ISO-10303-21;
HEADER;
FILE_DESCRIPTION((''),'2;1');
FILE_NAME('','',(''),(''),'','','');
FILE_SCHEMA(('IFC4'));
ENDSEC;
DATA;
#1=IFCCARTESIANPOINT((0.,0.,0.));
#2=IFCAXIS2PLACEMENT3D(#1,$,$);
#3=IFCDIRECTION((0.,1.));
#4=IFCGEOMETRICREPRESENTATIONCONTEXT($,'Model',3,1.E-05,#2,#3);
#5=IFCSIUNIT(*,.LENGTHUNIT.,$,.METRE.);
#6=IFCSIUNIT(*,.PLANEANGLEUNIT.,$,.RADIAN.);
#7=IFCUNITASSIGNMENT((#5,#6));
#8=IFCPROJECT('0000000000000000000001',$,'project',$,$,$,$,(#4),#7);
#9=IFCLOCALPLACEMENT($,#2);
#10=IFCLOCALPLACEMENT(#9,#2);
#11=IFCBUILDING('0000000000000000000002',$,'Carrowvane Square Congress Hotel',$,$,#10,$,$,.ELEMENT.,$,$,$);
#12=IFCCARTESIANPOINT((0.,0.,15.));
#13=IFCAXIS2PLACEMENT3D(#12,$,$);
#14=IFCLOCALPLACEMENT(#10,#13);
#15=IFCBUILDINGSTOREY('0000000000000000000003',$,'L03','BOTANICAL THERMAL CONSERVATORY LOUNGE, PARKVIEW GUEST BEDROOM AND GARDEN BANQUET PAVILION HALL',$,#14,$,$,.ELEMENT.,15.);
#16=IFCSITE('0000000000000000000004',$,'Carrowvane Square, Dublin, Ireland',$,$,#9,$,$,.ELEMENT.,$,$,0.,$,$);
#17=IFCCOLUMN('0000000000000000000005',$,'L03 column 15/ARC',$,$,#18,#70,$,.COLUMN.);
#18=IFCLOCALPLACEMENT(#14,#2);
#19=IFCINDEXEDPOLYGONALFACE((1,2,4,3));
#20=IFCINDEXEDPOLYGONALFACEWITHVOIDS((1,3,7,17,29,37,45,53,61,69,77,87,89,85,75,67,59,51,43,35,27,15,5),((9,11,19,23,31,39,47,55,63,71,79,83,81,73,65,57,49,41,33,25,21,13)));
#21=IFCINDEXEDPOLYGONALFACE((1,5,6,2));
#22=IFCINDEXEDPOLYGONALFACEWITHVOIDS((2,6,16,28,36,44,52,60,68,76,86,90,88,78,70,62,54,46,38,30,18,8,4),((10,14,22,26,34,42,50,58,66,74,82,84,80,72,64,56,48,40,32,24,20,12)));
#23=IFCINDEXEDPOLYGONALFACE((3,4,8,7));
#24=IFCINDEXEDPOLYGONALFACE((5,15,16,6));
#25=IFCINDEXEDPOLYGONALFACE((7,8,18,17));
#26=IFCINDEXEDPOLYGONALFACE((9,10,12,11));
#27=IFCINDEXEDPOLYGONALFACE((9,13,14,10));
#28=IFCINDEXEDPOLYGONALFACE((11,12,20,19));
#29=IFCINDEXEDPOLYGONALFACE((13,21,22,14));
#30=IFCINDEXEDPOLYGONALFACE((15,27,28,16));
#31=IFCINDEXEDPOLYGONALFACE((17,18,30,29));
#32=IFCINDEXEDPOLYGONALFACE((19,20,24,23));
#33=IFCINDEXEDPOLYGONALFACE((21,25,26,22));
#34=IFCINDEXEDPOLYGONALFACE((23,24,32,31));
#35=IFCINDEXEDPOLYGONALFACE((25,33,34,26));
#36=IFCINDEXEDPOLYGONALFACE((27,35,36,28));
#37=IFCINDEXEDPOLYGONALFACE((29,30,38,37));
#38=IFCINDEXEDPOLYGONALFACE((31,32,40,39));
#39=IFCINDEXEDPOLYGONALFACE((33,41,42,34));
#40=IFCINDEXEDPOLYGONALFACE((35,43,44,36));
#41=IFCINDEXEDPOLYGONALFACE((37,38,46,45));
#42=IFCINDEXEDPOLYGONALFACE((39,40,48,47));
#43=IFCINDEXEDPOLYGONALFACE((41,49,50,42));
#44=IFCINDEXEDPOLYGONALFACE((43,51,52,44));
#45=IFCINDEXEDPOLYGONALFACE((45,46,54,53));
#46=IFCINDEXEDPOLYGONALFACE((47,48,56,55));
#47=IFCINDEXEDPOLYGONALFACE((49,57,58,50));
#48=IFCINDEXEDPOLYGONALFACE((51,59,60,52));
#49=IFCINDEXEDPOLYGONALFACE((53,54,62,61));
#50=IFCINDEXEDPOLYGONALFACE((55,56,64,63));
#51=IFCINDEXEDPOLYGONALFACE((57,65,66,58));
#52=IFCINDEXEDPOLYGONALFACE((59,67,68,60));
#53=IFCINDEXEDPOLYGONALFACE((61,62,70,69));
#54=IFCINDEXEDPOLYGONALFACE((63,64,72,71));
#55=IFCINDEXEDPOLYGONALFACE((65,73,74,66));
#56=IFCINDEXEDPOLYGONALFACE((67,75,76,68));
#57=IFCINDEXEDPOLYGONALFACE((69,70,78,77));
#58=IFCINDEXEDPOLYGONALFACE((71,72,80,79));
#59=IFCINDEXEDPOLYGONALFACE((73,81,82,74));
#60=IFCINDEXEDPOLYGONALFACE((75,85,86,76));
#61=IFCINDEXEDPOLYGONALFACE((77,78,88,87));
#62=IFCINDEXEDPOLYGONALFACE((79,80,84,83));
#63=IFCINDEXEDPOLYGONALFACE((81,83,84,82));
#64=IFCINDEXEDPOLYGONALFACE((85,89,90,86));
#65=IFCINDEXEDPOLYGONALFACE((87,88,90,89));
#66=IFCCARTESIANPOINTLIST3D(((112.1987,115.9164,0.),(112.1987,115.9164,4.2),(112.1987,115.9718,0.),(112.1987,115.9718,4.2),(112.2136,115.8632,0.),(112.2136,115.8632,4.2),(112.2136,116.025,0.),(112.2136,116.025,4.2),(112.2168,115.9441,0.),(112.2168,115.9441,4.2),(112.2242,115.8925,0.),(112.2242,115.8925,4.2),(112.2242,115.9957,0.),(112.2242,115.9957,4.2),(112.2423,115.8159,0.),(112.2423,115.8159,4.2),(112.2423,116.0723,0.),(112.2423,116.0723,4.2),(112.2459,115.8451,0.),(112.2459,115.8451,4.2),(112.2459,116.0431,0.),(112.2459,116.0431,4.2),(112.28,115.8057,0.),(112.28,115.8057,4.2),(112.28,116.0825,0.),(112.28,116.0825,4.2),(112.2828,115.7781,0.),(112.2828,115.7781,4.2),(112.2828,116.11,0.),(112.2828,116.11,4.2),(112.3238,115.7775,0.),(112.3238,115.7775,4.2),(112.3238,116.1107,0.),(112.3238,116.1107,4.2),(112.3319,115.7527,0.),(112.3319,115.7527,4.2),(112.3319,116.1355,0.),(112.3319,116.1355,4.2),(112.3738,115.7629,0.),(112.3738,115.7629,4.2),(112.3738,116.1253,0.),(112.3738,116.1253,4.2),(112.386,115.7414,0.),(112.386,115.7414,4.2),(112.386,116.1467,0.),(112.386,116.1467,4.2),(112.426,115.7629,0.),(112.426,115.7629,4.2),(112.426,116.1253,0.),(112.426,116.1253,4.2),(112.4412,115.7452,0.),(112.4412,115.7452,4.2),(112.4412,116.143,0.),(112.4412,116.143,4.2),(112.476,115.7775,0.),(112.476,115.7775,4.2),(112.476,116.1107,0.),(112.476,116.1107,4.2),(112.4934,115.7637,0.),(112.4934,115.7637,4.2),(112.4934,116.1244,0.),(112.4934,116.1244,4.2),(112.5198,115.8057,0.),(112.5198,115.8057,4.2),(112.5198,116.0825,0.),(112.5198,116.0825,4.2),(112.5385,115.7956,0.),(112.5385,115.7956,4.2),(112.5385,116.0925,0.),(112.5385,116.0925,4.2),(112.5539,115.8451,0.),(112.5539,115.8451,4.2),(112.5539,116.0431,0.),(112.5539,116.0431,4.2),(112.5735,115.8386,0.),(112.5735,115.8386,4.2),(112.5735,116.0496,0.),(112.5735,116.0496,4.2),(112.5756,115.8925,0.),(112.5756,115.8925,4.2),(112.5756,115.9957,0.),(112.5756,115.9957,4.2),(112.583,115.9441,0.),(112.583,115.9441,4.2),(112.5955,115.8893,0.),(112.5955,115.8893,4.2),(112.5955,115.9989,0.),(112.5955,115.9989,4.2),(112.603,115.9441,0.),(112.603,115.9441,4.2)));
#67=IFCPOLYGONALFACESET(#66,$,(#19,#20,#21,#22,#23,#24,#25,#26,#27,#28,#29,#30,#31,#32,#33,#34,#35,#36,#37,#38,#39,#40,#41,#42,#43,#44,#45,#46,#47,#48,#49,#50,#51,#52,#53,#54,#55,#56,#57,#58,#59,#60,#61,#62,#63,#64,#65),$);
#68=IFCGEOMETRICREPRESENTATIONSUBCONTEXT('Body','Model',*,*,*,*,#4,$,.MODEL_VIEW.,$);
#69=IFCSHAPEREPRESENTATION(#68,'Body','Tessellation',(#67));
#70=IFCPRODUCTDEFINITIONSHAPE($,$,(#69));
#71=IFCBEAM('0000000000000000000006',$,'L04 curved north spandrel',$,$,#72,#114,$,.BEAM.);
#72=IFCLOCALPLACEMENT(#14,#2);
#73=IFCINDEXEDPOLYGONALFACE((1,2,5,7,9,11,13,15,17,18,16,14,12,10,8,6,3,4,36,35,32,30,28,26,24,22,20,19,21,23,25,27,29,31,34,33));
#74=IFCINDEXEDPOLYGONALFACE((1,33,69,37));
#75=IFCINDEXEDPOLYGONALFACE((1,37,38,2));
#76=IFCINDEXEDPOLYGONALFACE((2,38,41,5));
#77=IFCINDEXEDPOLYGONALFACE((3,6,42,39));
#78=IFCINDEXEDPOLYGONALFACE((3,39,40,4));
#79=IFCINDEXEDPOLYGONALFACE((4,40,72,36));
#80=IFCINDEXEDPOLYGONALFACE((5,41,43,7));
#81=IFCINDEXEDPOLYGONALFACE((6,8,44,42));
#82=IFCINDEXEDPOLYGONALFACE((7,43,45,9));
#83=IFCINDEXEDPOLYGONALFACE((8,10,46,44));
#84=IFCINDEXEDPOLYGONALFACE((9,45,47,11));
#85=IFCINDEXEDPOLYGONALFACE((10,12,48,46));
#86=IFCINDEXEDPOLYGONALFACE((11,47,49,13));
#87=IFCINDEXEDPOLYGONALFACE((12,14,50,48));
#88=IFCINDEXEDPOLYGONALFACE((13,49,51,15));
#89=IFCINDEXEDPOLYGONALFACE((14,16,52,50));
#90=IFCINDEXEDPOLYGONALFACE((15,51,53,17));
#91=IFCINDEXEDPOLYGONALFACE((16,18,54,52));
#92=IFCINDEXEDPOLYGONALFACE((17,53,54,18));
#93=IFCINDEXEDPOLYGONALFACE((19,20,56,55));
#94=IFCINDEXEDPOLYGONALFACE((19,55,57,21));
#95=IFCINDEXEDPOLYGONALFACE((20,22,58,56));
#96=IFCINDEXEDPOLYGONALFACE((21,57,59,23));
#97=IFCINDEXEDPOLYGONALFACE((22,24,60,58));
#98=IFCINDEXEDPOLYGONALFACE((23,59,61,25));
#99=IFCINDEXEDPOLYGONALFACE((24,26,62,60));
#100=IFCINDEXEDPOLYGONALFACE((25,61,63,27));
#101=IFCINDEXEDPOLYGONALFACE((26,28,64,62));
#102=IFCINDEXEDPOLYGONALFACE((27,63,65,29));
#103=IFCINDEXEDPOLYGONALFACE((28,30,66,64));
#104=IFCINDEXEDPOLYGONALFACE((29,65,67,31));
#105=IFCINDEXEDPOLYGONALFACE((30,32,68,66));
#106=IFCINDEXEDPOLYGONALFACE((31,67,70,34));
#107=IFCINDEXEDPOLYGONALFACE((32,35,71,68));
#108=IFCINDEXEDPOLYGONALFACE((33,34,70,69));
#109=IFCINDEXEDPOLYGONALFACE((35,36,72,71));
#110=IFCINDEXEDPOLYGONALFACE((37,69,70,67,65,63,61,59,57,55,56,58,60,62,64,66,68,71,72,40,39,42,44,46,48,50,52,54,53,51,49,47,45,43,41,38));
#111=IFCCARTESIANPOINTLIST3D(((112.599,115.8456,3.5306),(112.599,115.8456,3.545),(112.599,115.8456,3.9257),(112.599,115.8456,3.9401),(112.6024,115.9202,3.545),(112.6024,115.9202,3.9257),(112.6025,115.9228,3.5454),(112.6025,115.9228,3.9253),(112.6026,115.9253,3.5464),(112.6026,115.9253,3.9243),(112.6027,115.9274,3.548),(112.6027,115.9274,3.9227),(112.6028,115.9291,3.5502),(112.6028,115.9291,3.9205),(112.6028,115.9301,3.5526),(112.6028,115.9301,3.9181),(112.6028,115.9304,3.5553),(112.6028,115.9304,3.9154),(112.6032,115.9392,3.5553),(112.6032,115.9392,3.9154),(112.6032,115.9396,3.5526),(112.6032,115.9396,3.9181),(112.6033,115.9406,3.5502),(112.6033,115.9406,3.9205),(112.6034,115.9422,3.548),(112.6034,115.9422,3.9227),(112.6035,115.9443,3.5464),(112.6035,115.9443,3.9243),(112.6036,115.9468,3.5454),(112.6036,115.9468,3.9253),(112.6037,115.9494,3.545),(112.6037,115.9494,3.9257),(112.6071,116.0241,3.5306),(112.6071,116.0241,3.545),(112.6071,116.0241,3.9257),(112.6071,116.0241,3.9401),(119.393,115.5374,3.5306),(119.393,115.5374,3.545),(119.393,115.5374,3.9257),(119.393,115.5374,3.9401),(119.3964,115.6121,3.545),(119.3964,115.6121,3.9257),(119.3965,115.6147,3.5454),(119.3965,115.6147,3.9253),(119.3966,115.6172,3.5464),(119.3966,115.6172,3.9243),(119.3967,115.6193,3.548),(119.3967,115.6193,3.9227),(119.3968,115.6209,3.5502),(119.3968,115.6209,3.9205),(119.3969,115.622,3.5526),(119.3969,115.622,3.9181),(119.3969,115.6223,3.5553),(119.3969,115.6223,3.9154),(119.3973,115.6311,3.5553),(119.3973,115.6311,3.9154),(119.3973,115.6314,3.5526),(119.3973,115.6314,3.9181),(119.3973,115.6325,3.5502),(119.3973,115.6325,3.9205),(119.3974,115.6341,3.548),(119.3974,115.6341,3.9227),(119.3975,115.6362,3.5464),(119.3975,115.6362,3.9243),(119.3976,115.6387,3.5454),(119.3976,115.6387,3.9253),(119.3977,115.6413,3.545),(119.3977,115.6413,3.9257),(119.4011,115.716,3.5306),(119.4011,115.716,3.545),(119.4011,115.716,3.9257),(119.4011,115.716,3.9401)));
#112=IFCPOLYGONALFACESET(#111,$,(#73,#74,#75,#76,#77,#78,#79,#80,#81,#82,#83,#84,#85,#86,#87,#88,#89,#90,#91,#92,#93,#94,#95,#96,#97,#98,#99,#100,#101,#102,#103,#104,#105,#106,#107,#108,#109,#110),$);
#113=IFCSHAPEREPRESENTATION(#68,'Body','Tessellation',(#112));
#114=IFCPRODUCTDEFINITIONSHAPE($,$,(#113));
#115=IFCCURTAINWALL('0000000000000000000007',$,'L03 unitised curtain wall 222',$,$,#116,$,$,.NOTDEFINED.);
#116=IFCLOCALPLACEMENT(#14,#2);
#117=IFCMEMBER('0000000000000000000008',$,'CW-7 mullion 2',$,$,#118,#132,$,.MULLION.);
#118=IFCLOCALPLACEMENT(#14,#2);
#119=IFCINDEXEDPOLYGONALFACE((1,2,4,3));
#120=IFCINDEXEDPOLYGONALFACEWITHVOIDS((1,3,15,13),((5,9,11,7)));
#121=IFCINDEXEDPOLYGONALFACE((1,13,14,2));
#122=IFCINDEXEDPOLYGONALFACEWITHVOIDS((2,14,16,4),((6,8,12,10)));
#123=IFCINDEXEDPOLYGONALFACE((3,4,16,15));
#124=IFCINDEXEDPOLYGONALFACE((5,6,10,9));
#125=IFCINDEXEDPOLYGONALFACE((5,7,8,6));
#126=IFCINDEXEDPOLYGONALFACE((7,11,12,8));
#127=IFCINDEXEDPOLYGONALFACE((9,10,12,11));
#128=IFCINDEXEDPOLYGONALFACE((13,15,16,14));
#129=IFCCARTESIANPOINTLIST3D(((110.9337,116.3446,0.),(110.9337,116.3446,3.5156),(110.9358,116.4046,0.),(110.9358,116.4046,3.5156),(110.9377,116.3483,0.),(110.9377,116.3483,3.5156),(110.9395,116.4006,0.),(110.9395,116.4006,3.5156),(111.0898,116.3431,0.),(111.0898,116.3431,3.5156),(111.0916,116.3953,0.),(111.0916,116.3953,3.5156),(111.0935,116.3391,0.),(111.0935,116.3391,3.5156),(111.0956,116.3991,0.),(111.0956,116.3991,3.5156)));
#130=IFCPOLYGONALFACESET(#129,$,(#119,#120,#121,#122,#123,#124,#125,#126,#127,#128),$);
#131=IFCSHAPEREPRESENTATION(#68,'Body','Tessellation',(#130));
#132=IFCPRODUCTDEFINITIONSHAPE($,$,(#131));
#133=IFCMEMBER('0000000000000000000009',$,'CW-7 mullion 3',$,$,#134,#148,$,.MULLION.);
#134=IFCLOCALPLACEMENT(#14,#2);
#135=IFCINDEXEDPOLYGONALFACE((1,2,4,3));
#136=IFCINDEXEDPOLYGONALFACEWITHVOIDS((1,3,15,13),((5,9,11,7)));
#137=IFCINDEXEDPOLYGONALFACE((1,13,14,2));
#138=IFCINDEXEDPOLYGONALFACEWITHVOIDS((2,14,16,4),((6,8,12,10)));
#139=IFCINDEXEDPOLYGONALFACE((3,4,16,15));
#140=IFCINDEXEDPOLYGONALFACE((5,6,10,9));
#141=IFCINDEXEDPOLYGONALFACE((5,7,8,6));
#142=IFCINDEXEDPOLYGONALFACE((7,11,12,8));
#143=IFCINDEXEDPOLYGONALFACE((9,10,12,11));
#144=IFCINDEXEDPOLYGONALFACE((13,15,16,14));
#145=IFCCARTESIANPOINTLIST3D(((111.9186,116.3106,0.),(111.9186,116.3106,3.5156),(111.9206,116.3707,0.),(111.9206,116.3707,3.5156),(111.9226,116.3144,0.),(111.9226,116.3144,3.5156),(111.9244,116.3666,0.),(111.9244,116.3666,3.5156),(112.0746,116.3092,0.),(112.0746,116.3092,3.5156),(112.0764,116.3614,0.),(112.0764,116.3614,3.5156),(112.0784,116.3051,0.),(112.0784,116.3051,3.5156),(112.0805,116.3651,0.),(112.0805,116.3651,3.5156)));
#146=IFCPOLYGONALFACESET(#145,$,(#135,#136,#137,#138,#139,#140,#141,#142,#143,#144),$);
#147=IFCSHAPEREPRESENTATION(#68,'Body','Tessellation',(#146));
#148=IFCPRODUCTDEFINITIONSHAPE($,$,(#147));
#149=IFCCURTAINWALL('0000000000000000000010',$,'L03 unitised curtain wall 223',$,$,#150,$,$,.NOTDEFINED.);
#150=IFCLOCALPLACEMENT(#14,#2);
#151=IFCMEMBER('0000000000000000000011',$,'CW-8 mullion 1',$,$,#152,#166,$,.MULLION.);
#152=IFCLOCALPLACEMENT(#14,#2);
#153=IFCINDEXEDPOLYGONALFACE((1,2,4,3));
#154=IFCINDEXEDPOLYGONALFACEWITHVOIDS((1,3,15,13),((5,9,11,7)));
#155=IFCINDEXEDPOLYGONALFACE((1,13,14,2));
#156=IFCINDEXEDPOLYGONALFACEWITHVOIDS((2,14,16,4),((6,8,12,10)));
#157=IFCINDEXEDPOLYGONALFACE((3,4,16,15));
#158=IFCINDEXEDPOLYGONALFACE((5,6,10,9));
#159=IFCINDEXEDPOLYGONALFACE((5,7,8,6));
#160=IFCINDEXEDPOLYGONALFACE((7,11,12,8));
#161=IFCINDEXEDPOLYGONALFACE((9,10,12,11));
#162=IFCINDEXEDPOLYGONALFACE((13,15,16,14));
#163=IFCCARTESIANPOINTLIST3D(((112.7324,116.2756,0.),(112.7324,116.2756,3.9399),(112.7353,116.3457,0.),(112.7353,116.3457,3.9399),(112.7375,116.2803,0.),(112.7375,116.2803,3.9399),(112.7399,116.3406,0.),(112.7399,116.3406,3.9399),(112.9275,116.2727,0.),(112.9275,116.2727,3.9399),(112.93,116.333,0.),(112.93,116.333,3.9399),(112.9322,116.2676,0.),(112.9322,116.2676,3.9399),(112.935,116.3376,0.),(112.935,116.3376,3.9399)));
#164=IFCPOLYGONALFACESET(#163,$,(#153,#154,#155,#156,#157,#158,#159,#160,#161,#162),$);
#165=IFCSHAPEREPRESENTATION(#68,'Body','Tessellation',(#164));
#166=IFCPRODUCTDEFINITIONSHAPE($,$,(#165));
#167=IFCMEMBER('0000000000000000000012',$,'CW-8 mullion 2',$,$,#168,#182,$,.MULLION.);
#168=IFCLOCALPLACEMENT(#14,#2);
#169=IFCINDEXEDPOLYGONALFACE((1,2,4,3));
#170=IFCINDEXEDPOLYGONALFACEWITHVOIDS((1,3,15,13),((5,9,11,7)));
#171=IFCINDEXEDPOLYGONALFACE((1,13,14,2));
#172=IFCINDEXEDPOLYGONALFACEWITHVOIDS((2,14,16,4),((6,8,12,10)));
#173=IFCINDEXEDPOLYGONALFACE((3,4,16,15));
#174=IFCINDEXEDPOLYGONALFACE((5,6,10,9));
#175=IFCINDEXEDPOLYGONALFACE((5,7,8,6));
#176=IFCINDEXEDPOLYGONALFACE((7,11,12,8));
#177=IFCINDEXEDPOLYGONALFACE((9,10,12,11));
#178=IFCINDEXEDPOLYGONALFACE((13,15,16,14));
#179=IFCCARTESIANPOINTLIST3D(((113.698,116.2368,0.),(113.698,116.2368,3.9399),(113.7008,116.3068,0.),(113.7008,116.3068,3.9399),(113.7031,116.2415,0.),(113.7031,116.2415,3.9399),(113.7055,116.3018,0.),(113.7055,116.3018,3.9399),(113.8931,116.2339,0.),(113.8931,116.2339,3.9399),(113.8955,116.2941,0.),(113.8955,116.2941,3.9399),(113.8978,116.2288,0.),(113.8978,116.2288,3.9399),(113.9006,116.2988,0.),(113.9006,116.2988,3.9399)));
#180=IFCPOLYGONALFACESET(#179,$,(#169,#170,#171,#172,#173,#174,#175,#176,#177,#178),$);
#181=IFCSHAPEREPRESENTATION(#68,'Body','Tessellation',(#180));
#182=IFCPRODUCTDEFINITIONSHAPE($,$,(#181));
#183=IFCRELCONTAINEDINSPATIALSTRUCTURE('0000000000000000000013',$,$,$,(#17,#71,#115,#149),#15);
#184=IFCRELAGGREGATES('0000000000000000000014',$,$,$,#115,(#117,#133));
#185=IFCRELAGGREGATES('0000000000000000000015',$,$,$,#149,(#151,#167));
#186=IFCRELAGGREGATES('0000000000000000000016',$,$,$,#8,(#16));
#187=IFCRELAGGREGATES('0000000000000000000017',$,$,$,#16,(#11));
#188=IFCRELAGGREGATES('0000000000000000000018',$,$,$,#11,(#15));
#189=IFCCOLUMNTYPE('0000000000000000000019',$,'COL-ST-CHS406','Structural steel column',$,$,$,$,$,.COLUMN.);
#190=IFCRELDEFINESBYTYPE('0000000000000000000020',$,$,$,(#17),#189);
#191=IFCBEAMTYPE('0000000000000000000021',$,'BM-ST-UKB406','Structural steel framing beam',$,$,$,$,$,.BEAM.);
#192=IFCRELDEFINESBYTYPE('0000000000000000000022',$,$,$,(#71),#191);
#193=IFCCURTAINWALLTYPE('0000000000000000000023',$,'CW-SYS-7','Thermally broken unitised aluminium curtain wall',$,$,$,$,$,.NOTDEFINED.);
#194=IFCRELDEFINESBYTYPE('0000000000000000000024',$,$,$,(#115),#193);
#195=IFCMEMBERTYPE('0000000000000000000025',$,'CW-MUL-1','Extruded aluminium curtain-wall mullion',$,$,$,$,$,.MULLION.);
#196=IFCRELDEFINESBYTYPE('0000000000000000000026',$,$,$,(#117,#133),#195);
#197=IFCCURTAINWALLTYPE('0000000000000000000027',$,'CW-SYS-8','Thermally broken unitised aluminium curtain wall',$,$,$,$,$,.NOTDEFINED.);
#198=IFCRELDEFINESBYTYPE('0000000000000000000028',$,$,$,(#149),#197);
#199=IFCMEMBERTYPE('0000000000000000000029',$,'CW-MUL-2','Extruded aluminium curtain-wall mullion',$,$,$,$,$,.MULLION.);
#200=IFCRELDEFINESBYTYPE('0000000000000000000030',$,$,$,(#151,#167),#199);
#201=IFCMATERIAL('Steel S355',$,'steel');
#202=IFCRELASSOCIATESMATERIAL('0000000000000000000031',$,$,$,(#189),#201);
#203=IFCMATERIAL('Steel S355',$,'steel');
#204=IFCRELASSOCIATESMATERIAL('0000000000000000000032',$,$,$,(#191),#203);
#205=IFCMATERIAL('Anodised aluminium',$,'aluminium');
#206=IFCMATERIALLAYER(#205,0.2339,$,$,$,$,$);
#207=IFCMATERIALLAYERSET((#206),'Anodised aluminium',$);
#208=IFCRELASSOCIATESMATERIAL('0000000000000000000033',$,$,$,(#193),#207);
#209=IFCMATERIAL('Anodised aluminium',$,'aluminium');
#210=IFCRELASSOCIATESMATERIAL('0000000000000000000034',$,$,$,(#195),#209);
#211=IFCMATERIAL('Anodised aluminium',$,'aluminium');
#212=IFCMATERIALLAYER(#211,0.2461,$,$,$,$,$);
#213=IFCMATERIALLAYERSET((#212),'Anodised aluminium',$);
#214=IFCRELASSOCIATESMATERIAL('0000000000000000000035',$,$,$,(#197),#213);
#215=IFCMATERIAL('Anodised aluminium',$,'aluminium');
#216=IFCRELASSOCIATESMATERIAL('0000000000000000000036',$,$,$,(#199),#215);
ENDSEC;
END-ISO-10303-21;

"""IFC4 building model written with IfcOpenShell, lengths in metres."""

from ifc_helpers import new_model, si_unit, direction, frame, origin, origin_2d, place, context, subcontext, project, spatial, hollow_rectangle, hollow_circle, i_section, extrude, material, layer, layer_set, material_profile, profile_set, type_object, element, aggregate, save


model = new_model("IFC4")

# Units and contexts
model_context = context("Model", 3, precision=1e-05, world=origin(), true_north=direction((0.0, 1.0)))
body_context = subcontext(model_context, "Body", "Model", "MODEL_VIEW")
ifc_project = project(units=[si_unit("LENGTHUNIT", "METRE"), si_unit("PLANEANGLEUNIT", "RADIAN")], contexts=[model_context])

# Site, building, storey
site_placement = place(None, origin())
site = spatial("IfcSite", under=ifc_project, at=site_placement, Name="Carrowvane Square, Dublin, Ireland", CompositionType="ELEMENT", RefElevation=0.0)
building_placement = place(site_placement, origin())
building = spatial("IfcBuilding", under=site, at=building_placement, Name="Carrowvane Square Congress Hotel", CompositionType="ELEMENT")
storey_placement = place(building_placement, frame((0.0, 0.0, 15.0)))
storey = spatial("IfcBuildingStorey", under=building, at=storey_placement, Name="L03", Description="BOTANICAL THERMAL CONSERVATORY LOUNGE, PARKVIEW GUEST BEDROOM AND GARDEN BANQUET PAVILION HALL", CompositionType="ELEMENT", Elevation=15.0)

# Column
ifc_material_1 = material(Name="Steel S355", Category="steel")
ifc_material_profile_1 = material_profile(ifc_material_1, hollow_circle(Radius=0.2031, WallThickness=0.02, at=origin_2d()), Name="CHS 406.4x20")
ifc_profile_set_1 = profile_set([ifc_material_profile_1], Name="Steel S355")
column_type = type_object("IfcColumnType", Name="COL-ST-CHS406", Description="Structural steel column", PredefinedType="COLUMN", material=ifc_profile_set_1)
column_placement = place(storey_placement, frame((112.3999, 115.9441, 0.0), z_axis=(0.0, 0.0, 1.0), x_axis=(1.0, 0.0, 0.0)))
element("IfcColumn", 1, at=column_placement, inside=storey, type_object=column_type, Name="L03 column 15/ARC", PredefinedType="COLUMN", context=body_context, shape_type="SweptSolid", body=[
    extrude(hollow_circle(Radius=0.2031, WallThickness=0.02, at=origin_2d()), origin(), (0.0, 0.0, 1.0), 4.2),
])

# Beam
ifc_material_2 = material(Name="Steel S355", Category="steel")
ifc_material_profile_2 = material_profile(ifc_material_2, i_section(OverallWidth=0.1787, OverallDepth=0.4094, WebThickness=0.0088, FlangeThickness=0.0144, FilletRadius=0.0103, at=origin_2d()), Name="UKB 406x178x67")
ifc_profile_set_2 = profile_set([ifc_material_profile_2], Name="Steel S355")
beam_type = type_object("IfcBeamType", Name="BM-ST-UKB406", Description="Structural steel framing beam", PredefinedType="BEAM", material=ifc_profile_set_2)
beam_placement = place(storey_placement, frame((112.603, 115.9348, 3.7354), z_axis=(0.998973, -0.045303, 0.0), x_axis=(0.045303, 0.998973, 0.0)))
element("IfcBeam", 2, at=beam_placement, inside=storey, type_object=beam_type, Name="L04 curved north spandrel", PredefinedType="BEAM", context=body_context, shape_type="SweptSolid", body=[
    extrude(i_section(OverallWidth=0.1787, OverallDepth=0.4094, WebThickness=0.0088, FlangeThickness=0.0144, FilletRadius=0.0103, at=origin_2d()), origin(), (0.0, 0.0, 1.0), 6.801),
])

# Curtain walls, members
ifc_material_3 = material(Name="Anodised aluminium", Category="aluminium")
ifc_layer_1 = layer(ifc_material_3, 0.2339)
ifc_layer_set_1 = layer_set([ifc_layer_1], Name="Anodised aluminium")
curtain_wall_type_1 = type_object("IfcCurtainWallType", Name="CW-SYS-7", Description="Thermally broken unitised aluminium curtain wall", PredefinedType="NOTDEFINED", material=ifc_layer_set_1)
curtain_wall_1_placement = place(storey_placement, origin())
curtain_wall_1 = element("IfcCurtainWall", 3, at=curtain_wall_1_placement, inside=storey, type_object=curtain_wall_type_1, Name="L03 unitised curtain wall 222", PredefinedType="NOTDEFINED")
ifc_material_4 = material(Name="Anodised aluminium", Category="aluminium")
ifc_material_profile_3 = material_profile(ifc_material_4, hollow_rectangle(XDim=0.0601, YDim=0.1599, WallThickness=0.0039, at=origin_2d()), Name="CW-ML 60x160x4")
ifc_profile_set_3 = profile_set([ifc_material_profile_3], Name="Anodised aluminium")
member_type_1 = type_object("IfcMemberType", Name="CW-MUL-1", Description="Extruded aluminium curtain-wall mullion", PredefinedType="MULLION", material=ifc_profile_set_3)
member_1_placement = place(storey_placement, frame((111.0146, 116.3718, 0.0), z_axis=(0.0, 0.0, 1.0), x_axis=(0.03453, 0.999404, 0.0)))
member_1 = element("IfcMember", 4, at=member_1_placement, type_object=member_type_1, Name="CW-7 mullion 2", PredefinedType="MULLION", context=body_context, shape_type="SweptSolid", body=[
    extrude(hollow_rectangle(XDim=0.0601, YDim=0.1599, WallThickness=0.0039, at=origin_2d()), origin(), (0.0, 0.0, 1.0), 3.5156),
])
member_2_placement = place(storey_placement, frame((111.9995, 116.3379, 0.0), z_axis=(0.0, 0.0, 1.0), x_axis=(0.03453, 0.999404, 0.0)))
member_2 = element("IfcMember", 5, at=member_2_placement, type_object=member_type_1, Name="CW-7 mullion 3", PredefinedType="MULLION", context=body_context, shape_type="SweptSolid", body=[
    extrude(hollow_rectangle(XDim=0.0601, YDim=0.1599, WallThickness=0.0039, at=origin_2d()), origin(), (0.0, 0.0, 1.0), 3.5156),
])
ifc_material_5 = material(Name="Anodised aluminium", Category="aluminium")
ifc_layer_2 = layer(ifc_material_5, 0.2461)
ifc_layer_set_2 = layer_set([ifc_layer_2], Name="Anodised aluminium")
curtain_wall_type_2 = type_object("IfcCurtainWallType", Name="CW-SYS-8", Description="Thermally broken unitised aluminium curtain wall", PredefinedType="NOTDEFINED", material=ifc_layer_set_2)
curtain_wall_2_placement = place(storey_placement, origin())
curtain_wall_2 = element("IfcCurtainWall", 6, at=curtain_wall_2_placement, inside=storey, type_object=curtain_wall_type_2, Name="L03 unitised curtain wall 223", PredefinedType="NOTDEFINED")
ifc_material_6 = material(Name="Anodised aluminium", Category="aluminium")
ifc_material_profile_4 = material_profile(ifc_material_6, hollow_rectangle(XDim=0.0701, YDim=0.2, WallThickness=0.0049, at=origin_2d()), Name="CW-ML 70x200x5")
ifc_profile_set_4 = profile_set([ifc_material_profile_4], Name="Anodised aluminium")
member_type_2 = type_object("IfcMemberType", Name="CW-MUL-2", Description="Extruded aluminium curtain-wall mullion", PredefinedType="MULLION", material=ifc_profile_set_4)
member_3_placement = place(storey_placement, frame((112.8337, 116.3066, 0.0), z_axis=(0.0, 0.0, 1.0), x_axis=(0.040131, 0.999194, 0.0)))
member_3 = element("IfcMember", 7, at=member_3_placement, type_object=member_type_2, Name="CW-8 mullion 1", PredefinedType="MULLION", context=body_context, shape_type="SweptSolid", body=[
    extrude(hollow_rectangle(XDim=0.0701, YDim=0.2, WallThickness=0.0049, at=origin_2d()), origin(), (0.0, 0.0, 1.0), 3.9399),
])
member_4_placement = place(storey_placement, frame((113.7993, 116.2678, 0.0), z_axis=(0.0, 0.0, 1.0), x_axis=(0.040131, 0.999194, 0.0)))
member_4 = element("IfcMember", 8, at=member_4_placement, type_object=member_type_2, Name="CW-8 mullion 2", PredefinedType="MULLION", context=body_context, shape_type="SweptSolid", body=[
    extrude(hollow_rectangle(XDim=0.0701, YDim=0.2, WallThickness=0.0049, at=origin_2d()), origin(), (0.0, 0.0, 1.0), 3.9399),
])

aggregate(curtain_wall_1, [member_1, member_2])
aggregate(curtain_wall_2, [member_3, member_4])

save(model, "model.ifc")
